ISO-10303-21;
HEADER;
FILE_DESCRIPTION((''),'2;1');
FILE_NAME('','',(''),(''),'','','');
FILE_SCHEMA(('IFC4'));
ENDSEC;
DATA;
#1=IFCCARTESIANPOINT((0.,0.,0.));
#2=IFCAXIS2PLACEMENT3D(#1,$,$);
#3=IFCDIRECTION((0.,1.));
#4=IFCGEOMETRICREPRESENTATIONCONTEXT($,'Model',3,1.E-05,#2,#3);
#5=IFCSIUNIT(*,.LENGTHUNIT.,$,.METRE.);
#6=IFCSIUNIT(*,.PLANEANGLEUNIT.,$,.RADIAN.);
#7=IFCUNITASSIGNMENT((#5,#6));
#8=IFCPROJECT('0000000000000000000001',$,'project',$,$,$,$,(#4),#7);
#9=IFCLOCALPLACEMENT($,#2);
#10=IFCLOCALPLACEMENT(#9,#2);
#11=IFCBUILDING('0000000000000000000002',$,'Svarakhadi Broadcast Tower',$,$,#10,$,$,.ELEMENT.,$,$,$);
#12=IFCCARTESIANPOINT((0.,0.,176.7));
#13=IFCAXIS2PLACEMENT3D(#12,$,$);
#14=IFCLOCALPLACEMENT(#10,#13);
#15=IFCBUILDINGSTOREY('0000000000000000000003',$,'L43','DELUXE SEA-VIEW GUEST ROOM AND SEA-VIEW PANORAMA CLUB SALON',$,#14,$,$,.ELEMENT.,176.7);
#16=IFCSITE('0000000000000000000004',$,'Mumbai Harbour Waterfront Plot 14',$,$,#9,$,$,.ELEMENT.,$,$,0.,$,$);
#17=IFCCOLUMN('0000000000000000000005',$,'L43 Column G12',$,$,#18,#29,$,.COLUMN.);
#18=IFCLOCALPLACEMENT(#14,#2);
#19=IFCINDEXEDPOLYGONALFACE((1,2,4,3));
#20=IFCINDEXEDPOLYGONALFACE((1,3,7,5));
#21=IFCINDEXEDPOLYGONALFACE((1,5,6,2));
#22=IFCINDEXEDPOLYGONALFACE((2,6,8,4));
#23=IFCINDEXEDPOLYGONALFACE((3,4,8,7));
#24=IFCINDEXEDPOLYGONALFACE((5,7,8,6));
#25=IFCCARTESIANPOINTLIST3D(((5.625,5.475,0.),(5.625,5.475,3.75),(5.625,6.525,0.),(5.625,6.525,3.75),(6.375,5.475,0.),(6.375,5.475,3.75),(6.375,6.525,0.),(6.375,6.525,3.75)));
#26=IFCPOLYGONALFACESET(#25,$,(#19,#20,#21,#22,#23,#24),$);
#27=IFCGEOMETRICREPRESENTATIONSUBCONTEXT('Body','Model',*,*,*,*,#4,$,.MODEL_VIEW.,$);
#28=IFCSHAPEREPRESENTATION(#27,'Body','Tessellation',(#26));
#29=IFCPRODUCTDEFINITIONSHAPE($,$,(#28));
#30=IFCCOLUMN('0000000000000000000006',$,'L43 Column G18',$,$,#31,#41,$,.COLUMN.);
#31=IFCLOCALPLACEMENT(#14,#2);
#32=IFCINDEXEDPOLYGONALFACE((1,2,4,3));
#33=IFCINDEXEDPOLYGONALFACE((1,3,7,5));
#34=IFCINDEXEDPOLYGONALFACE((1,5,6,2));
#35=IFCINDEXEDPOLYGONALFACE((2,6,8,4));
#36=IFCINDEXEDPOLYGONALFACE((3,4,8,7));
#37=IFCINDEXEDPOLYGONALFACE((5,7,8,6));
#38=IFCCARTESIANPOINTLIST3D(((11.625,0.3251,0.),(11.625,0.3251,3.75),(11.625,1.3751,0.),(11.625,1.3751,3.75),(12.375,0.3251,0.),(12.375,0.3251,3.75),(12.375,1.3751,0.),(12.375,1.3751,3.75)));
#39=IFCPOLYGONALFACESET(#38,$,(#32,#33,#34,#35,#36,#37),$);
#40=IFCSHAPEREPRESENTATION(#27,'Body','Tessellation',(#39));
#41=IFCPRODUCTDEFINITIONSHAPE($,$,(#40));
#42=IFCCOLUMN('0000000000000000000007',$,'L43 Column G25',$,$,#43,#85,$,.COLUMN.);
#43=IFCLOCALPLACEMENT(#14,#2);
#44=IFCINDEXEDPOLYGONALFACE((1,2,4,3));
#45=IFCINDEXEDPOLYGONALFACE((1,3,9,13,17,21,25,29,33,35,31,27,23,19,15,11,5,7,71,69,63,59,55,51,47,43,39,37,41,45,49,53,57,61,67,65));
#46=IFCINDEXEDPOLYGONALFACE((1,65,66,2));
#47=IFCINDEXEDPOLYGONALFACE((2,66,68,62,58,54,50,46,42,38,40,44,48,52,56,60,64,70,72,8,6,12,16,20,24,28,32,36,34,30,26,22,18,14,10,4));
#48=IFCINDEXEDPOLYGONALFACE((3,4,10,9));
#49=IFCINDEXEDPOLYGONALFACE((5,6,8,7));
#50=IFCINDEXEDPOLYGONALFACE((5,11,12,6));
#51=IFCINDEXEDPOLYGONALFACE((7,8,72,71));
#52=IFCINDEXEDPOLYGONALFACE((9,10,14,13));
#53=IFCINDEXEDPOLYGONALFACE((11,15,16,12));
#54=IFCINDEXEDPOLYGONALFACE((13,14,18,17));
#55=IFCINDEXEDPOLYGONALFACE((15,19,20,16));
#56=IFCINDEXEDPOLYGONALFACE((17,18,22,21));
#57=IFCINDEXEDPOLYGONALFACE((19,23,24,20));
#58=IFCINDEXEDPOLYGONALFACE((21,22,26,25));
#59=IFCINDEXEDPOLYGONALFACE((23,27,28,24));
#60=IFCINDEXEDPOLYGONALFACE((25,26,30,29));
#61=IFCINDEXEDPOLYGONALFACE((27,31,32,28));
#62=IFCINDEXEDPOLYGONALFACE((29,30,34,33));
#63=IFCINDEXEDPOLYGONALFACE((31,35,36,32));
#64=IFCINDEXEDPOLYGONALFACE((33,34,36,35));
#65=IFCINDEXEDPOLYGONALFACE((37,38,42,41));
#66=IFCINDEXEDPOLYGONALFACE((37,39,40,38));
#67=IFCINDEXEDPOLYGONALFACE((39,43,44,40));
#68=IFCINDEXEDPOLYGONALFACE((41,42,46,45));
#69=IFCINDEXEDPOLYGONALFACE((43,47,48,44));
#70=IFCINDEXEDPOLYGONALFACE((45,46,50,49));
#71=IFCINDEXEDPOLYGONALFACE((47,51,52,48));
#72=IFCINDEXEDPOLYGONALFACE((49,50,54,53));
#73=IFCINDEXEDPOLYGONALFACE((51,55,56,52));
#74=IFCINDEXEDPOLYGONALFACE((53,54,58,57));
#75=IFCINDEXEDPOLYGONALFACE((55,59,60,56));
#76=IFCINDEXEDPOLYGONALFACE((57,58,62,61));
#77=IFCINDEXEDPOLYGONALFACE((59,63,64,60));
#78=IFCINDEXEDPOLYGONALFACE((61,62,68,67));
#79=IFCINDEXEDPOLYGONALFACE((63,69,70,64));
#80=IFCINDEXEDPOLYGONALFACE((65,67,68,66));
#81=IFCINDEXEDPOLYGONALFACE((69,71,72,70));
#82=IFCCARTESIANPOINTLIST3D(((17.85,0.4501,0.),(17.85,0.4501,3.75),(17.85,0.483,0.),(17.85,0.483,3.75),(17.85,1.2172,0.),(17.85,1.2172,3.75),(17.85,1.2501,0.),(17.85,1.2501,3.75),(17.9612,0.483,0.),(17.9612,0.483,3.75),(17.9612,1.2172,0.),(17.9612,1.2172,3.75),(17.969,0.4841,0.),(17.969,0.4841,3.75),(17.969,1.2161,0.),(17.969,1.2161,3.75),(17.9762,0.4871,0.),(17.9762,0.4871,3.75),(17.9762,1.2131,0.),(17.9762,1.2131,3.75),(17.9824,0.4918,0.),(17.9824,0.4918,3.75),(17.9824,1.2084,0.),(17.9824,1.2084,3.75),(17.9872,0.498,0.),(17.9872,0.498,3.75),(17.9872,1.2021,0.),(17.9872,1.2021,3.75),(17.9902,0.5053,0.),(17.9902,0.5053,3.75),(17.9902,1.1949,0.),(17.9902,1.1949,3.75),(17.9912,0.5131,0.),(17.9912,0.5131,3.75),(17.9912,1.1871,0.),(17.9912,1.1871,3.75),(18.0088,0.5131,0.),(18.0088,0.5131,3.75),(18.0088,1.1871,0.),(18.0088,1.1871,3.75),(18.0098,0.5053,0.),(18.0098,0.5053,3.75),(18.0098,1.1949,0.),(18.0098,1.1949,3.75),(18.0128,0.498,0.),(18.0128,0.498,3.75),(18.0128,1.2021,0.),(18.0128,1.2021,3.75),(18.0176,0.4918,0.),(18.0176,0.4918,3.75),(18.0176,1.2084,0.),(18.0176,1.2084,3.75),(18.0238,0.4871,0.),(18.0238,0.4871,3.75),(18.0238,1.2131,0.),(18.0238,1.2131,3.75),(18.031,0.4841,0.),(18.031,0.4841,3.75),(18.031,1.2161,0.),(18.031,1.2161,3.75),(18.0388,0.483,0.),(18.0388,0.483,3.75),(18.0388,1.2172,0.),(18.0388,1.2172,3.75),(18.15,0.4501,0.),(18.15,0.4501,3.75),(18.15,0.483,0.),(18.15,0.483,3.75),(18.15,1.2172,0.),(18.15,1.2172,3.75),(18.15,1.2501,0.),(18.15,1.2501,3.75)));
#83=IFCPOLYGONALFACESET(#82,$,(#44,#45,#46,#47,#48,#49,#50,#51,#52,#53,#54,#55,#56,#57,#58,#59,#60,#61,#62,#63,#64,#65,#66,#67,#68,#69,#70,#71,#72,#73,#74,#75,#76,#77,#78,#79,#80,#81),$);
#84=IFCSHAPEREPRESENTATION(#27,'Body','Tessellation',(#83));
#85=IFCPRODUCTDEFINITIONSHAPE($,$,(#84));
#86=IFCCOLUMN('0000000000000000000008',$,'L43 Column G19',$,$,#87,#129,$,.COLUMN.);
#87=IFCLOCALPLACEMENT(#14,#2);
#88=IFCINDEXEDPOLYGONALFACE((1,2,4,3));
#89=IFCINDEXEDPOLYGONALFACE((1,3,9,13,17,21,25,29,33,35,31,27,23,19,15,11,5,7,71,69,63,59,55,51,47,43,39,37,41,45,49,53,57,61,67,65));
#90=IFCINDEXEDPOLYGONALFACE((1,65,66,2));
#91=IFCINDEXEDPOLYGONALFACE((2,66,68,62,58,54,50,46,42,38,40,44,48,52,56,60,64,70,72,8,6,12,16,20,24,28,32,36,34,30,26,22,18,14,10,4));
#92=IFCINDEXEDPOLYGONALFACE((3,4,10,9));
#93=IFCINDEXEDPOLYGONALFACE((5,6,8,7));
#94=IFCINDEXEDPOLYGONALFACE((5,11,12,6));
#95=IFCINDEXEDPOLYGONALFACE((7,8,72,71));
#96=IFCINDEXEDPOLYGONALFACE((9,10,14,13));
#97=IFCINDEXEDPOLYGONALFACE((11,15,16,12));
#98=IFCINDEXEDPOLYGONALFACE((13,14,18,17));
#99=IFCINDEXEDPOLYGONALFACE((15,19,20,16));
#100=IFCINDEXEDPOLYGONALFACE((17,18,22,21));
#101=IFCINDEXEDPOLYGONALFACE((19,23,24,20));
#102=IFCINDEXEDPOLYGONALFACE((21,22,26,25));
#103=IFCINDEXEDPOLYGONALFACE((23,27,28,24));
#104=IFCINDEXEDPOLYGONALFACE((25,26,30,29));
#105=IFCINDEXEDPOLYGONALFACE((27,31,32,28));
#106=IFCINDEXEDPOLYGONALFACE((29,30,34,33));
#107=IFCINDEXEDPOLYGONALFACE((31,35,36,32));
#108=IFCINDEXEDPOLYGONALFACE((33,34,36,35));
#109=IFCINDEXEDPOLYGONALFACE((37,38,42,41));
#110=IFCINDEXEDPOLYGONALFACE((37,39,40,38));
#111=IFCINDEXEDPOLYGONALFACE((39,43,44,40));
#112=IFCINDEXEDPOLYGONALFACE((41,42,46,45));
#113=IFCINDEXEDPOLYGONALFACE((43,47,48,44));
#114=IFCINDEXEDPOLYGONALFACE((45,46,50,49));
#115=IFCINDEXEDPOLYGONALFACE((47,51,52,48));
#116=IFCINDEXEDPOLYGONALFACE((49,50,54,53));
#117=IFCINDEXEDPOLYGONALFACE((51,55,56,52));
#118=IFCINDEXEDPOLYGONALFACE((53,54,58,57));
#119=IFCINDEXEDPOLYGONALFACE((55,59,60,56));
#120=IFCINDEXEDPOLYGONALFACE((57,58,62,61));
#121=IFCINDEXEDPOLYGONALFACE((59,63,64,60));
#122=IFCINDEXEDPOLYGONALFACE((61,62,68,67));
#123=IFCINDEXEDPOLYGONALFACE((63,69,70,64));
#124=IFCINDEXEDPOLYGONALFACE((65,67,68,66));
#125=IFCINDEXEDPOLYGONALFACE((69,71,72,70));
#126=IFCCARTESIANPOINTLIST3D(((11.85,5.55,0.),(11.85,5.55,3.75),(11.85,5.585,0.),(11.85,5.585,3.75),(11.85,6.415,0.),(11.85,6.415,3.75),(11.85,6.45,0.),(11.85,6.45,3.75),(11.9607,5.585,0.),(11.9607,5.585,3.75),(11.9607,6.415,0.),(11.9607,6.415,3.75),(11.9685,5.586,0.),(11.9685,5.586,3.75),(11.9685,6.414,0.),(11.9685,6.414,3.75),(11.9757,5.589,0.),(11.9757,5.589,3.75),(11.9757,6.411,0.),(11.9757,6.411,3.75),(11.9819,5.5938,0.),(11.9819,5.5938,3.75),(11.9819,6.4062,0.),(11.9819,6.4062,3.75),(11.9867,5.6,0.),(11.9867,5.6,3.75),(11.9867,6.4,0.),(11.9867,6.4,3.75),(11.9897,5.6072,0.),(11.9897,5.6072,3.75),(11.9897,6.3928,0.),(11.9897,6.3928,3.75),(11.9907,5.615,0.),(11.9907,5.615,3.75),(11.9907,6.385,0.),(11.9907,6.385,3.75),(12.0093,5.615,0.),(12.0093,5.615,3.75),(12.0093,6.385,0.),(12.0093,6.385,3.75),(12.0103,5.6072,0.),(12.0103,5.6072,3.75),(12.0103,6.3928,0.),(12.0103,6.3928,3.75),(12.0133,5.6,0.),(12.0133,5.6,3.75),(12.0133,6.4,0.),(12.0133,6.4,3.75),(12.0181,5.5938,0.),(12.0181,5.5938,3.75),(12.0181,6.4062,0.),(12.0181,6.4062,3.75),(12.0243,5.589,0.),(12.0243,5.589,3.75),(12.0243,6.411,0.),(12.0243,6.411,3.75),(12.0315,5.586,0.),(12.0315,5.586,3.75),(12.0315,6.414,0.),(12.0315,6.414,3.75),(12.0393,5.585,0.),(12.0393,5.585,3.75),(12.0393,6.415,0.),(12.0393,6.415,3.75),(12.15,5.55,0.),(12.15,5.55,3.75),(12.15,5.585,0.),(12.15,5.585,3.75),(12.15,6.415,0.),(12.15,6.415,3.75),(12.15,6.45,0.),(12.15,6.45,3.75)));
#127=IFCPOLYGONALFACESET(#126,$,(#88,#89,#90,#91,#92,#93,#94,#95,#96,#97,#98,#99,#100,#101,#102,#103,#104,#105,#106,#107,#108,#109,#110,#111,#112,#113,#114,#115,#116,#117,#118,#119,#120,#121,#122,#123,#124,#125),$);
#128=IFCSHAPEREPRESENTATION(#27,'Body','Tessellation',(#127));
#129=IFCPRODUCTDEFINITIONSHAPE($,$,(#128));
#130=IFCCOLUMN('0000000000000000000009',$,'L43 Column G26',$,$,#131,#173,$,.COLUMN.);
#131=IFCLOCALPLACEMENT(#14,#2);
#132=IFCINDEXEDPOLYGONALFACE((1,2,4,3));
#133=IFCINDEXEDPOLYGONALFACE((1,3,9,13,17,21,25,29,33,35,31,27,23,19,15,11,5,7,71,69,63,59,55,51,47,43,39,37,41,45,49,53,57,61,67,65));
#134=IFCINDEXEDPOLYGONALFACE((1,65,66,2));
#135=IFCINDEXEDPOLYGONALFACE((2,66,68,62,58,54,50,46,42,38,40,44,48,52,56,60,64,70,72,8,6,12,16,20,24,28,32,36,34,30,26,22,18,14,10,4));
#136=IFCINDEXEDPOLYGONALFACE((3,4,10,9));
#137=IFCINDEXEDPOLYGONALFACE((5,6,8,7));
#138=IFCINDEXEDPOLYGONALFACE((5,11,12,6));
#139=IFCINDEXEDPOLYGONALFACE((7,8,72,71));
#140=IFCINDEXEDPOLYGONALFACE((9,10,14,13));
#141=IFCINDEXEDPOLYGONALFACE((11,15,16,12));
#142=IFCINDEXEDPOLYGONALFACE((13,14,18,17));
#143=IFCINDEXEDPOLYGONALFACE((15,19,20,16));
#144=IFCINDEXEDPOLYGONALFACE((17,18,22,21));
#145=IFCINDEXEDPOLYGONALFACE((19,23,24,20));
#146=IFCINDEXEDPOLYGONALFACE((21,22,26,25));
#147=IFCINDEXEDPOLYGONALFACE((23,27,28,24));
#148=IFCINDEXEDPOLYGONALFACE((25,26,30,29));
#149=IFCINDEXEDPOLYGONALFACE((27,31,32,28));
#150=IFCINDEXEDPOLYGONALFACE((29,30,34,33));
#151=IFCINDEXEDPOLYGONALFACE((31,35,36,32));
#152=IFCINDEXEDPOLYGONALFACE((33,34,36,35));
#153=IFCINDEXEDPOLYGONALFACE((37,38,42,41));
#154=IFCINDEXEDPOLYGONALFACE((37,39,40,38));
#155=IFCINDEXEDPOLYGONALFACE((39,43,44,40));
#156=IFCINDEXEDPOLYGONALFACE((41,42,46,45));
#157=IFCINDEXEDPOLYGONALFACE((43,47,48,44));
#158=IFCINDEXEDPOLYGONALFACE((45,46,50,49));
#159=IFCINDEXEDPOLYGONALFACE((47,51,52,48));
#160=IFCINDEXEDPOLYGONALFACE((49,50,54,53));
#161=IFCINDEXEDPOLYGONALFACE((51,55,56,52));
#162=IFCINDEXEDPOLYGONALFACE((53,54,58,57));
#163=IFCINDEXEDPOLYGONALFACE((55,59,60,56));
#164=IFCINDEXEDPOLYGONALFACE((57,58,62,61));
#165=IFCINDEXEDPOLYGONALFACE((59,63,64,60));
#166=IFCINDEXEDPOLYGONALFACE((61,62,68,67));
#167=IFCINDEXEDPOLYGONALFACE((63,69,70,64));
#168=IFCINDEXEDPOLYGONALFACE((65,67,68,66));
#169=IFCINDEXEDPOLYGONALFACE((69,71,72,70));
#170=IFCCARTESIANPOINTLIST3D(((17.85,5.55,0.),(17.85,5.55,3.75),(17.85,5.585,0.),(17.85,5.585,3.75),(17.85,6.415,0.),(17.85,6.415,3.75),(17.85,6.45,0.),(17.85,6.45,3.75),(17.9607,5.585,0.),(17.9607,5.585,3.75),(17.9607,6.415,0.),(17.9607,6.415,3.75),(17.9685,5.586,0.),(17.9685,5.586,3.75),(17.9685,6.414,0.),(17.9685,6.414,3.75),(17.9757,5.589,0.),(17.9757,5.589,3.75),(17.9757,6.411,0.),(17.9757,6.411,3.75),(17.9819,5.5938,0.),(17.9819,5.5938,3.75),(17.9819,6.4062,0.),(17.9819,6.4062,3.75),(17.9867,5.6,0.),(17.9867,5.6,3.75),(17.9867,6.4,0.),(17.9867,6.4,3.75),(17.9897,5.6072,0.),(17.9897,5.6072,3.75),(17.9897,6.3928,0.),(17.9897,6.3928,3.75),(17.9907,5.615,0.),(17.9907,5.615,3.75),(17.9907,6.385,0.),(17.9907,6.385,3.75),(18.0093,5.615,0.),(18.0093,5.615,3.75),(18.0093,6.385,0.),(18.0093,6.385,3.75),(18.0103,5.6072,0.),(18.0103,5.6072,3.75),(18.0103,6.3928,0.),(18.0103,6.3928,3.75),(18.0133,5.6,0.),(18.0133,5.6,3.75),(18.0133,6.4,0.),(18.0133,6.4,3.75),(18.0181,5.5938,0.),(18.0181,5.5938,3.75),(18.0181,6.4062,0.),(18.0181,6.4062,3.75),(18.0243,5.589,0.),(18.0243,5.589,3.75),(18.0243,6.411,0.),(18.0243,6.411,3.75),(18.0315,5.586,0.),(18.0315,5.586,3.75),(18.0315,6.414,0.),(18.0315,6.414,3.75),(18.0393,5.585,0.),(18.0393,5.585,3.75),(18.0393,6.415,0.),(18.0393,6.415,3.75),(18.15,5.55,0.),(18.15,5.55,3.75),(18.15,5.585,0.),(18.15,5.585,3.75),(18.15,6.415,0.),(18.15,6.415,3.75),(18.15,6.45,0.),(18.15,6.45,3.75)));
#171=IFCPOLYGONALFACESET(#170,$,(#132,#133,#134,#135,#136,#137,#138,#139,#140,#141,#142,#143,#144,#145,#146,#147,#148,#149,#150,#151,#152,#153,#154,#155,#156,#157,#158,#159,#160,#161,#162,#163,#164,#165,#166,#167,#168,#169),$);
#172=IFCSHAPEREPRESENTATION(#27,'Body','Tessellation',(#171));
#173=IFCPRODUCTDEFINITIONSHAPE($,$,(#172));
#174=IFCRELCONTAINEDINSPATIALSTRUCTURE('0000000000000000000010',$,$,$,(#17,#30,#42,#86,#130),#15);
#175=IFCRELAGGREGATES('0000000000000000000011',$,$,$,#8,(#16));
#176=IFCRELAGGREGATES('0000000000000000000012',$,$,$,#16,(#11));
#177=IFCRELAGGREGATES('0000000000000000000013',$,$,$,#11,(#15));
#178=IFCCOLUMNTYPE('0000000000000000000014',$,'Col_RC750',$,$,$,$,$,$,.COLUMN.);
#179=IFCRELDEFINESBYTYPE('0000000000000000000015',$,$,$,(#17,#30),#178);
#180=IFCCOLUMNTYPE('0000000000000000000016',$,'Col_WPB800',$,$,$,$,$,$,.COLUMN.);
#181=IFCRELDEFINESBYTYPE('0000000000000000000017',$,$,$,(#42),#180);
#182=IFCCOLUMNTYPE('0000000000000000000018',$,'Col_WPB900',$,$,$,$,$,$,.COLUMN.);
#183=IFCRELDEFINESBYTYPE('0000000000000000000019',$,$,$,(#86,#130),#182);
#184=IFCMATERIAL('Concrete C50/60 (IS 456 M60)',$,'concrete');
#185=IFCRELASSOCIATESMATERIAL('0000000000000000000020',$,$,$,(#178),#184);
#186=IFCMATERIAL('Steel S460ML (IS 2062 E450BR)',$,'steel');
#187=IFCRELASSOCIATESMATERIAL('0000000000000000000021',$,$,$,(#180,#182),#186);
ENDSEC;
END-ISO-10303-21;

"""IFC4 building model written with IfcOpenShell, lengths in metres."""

from ifc_helpers import new_model, si_unit, direction, frame, origin, origin_2d, place, context, subcontext, project, spatial, rectangle, i_section, extrude, material, material_profile, profile_set, type_object, element, save


model = new_model("IFC4")

# Units and contexts
model_context = context("Model", 3, precision=1e-05, world=origin(), true_north=direction((0.0, 1.0)))
body_context = subcontext(model_context, "Body", "Model", "MODEL_VIEW")
ifc_project = project(units=[si_unit("LENGTHUNIT", "METRE"), si_unit("PLANEANGLEUNIT", "RADIAN")], contexts=[model_context])

# Site, building, storey
site_placement = place(None, origin())
site = spatial("IfcSite", under=ifc_project, at=site_placement, Name="Mumbai Harbour Waterfront Plot 14", CompositionType="ELEMENT", RefElevation=0.0)
building_placement = place(site_placement, origin())
building = spatial("IfcBuilding", under=site, at=building_placement, Name="Svarakhadi Broadcast Tower", CompositionType="ELEMENT")
storey_placement = place(building_placement, frame((0.0, 0.0, 176.7)))
storey = spatial("IfcBuildingStorey", under=building, at=storey_placement, Name="L43", Description="DELUXE SEA-VIEW GUEST ROOM AND SEA-VIEW PANORAMA CLUB SALON", CompositionType="ELEMENT", Elevation=176.7)

# Columns
ifc_material_1 = material(Name="Concrete C50/60 (IS 456 M60)", Category="concrete")
ifc_material_profile_1 = material_profile(ifc_material_1, rectangle(XDim=0.75, YDim=1.05, at=origin_2d()), Name="RC 750x1050")
ifc_profile_set_1 = profile_set([ifc_material_profile_1], Name="Concrete C50/60 (IS 456 M60)")
column_type_1 = type_object("IfcColumnType", Name="Col_RC750", PredefinedType="COLUMN", material=ifc_profile_set_1)
for number, where, z_axis, x_axis, name in (
    (1, (6.0, 6.0, 0.0), (0.0, 0.0, 1.0), (1.0, 0.0, 0.0), "L43 Column G12"),
    (2, (12.0, 0.8501, 0.0), (0.0, 0.0, 1.0), (1.0, 0.0, 0.0), "L43 Column G18"),
):
    element("IfcColumn", number, at=place(storey_placement, frame(where, z_axis=z_axis, x_axis=x_axis)), inside=storey, type_object=column_type_1, Name=name, PredefinedType="COLUMN", context=body_context, shape_type="SweptSolid", body=[
        extrude(rectangle(XDim=0.75, YDim=1.05, at=origin_2d()), origin(), (0.0, 0.0, 1.0), 3.75),
    ])
ifc_material_2 = material(Name="Steel S460ML (IS 2062 E450BR)", Category="steel")
ifc_material_profile_2 = material_profile(ifc_material_2, i_section(OverallWidth=0.3, OverallDepth=0.8, WebThickness=0.0176, FlangeThickness=0.033, FilletRadius=0.03, at=origin_2d()), Name="WPB 800x300x262")
ifc_profile_set_2 = profile_set([ifc_material_profile_2], Name="Steel S460ML (IS 2062 E450BR)")
column_type_2 = type_object("IfcColumnType", Name="Col_WPB800", PredefinedType="COLUMN", material=ifc_profile_set_2)
column_placement = place(storey_placement, frame((18.0, 0.8501, 0.0), z_axis=(0.0, 0.0, 1.0), x_axis=(1.0, 0.0, 0.0)))
element("IfcColumn", 3, at=column_placement, inside=storey, type_object=column_type_2, Name="L43 Column G25", PredefinedType="COLUMN", context=body_context, shape_type="SweptSolid", body=[
    extrude(i_section(OverallWidth=0.3, OverallDepth=0.8, WebThickness=0.0176, FlangeThickness=0.033, FilletRadius=0.03, at=origin_2d()), origin(), (0.0, 0.0, 1.0), 3.75),
])
ifc_material_profile_3 = material_profile(ifc_material_2, i_section(OverallWidth=0.3, OverallDepth=0.8999, WebThickness=0.0186, FlangeThickness=0.0349, FilletRadius=0.03, at=origin_2d()), Name="WPB 900x300x291")
ifc_profile_set_3 = profile_set([ifc_material_profile_3], Name="Steel S460ML (IS 2062 E450BR)")
column_type_3 = type_object("IfcColumnType", Name="Col_WPB900", PredefinedType="COLUMN", material=ifc_profile_set_3)
for number, where, z_axis, x_axis, name in (
    (4, (12.0, 6.0, 0.0), (0.0, 0.0, 1.0), (1.0, 0.0, 0.0), "L43 Column G19"),
    (5, (18.0, 6.0, 0.0), (0.0, 0.0, 1.0), (1.0, 0.0, 0.0), "L43 Column G26"),
):
    element("IfcColumn", number, at=place(storey_placement, frame(where, z_axis=z_axis, x_axis=x_axis)), inside=storey, type_object=column_type_3, Name=name, PredefinedType="COLUMN", context=body_context, shape_type="SweptSolid", body=[
        extrude(i_section(OverallWidth=0.3, OverallDepth=0.8999, WebThickness=0.0186, FlangeThickness=0.0349, FilletRadius=0.03, at=origin_2d()), origin(), (0.0, 0.0, 1.0), 3.75),
    ])

save(model, "model.ifc")
